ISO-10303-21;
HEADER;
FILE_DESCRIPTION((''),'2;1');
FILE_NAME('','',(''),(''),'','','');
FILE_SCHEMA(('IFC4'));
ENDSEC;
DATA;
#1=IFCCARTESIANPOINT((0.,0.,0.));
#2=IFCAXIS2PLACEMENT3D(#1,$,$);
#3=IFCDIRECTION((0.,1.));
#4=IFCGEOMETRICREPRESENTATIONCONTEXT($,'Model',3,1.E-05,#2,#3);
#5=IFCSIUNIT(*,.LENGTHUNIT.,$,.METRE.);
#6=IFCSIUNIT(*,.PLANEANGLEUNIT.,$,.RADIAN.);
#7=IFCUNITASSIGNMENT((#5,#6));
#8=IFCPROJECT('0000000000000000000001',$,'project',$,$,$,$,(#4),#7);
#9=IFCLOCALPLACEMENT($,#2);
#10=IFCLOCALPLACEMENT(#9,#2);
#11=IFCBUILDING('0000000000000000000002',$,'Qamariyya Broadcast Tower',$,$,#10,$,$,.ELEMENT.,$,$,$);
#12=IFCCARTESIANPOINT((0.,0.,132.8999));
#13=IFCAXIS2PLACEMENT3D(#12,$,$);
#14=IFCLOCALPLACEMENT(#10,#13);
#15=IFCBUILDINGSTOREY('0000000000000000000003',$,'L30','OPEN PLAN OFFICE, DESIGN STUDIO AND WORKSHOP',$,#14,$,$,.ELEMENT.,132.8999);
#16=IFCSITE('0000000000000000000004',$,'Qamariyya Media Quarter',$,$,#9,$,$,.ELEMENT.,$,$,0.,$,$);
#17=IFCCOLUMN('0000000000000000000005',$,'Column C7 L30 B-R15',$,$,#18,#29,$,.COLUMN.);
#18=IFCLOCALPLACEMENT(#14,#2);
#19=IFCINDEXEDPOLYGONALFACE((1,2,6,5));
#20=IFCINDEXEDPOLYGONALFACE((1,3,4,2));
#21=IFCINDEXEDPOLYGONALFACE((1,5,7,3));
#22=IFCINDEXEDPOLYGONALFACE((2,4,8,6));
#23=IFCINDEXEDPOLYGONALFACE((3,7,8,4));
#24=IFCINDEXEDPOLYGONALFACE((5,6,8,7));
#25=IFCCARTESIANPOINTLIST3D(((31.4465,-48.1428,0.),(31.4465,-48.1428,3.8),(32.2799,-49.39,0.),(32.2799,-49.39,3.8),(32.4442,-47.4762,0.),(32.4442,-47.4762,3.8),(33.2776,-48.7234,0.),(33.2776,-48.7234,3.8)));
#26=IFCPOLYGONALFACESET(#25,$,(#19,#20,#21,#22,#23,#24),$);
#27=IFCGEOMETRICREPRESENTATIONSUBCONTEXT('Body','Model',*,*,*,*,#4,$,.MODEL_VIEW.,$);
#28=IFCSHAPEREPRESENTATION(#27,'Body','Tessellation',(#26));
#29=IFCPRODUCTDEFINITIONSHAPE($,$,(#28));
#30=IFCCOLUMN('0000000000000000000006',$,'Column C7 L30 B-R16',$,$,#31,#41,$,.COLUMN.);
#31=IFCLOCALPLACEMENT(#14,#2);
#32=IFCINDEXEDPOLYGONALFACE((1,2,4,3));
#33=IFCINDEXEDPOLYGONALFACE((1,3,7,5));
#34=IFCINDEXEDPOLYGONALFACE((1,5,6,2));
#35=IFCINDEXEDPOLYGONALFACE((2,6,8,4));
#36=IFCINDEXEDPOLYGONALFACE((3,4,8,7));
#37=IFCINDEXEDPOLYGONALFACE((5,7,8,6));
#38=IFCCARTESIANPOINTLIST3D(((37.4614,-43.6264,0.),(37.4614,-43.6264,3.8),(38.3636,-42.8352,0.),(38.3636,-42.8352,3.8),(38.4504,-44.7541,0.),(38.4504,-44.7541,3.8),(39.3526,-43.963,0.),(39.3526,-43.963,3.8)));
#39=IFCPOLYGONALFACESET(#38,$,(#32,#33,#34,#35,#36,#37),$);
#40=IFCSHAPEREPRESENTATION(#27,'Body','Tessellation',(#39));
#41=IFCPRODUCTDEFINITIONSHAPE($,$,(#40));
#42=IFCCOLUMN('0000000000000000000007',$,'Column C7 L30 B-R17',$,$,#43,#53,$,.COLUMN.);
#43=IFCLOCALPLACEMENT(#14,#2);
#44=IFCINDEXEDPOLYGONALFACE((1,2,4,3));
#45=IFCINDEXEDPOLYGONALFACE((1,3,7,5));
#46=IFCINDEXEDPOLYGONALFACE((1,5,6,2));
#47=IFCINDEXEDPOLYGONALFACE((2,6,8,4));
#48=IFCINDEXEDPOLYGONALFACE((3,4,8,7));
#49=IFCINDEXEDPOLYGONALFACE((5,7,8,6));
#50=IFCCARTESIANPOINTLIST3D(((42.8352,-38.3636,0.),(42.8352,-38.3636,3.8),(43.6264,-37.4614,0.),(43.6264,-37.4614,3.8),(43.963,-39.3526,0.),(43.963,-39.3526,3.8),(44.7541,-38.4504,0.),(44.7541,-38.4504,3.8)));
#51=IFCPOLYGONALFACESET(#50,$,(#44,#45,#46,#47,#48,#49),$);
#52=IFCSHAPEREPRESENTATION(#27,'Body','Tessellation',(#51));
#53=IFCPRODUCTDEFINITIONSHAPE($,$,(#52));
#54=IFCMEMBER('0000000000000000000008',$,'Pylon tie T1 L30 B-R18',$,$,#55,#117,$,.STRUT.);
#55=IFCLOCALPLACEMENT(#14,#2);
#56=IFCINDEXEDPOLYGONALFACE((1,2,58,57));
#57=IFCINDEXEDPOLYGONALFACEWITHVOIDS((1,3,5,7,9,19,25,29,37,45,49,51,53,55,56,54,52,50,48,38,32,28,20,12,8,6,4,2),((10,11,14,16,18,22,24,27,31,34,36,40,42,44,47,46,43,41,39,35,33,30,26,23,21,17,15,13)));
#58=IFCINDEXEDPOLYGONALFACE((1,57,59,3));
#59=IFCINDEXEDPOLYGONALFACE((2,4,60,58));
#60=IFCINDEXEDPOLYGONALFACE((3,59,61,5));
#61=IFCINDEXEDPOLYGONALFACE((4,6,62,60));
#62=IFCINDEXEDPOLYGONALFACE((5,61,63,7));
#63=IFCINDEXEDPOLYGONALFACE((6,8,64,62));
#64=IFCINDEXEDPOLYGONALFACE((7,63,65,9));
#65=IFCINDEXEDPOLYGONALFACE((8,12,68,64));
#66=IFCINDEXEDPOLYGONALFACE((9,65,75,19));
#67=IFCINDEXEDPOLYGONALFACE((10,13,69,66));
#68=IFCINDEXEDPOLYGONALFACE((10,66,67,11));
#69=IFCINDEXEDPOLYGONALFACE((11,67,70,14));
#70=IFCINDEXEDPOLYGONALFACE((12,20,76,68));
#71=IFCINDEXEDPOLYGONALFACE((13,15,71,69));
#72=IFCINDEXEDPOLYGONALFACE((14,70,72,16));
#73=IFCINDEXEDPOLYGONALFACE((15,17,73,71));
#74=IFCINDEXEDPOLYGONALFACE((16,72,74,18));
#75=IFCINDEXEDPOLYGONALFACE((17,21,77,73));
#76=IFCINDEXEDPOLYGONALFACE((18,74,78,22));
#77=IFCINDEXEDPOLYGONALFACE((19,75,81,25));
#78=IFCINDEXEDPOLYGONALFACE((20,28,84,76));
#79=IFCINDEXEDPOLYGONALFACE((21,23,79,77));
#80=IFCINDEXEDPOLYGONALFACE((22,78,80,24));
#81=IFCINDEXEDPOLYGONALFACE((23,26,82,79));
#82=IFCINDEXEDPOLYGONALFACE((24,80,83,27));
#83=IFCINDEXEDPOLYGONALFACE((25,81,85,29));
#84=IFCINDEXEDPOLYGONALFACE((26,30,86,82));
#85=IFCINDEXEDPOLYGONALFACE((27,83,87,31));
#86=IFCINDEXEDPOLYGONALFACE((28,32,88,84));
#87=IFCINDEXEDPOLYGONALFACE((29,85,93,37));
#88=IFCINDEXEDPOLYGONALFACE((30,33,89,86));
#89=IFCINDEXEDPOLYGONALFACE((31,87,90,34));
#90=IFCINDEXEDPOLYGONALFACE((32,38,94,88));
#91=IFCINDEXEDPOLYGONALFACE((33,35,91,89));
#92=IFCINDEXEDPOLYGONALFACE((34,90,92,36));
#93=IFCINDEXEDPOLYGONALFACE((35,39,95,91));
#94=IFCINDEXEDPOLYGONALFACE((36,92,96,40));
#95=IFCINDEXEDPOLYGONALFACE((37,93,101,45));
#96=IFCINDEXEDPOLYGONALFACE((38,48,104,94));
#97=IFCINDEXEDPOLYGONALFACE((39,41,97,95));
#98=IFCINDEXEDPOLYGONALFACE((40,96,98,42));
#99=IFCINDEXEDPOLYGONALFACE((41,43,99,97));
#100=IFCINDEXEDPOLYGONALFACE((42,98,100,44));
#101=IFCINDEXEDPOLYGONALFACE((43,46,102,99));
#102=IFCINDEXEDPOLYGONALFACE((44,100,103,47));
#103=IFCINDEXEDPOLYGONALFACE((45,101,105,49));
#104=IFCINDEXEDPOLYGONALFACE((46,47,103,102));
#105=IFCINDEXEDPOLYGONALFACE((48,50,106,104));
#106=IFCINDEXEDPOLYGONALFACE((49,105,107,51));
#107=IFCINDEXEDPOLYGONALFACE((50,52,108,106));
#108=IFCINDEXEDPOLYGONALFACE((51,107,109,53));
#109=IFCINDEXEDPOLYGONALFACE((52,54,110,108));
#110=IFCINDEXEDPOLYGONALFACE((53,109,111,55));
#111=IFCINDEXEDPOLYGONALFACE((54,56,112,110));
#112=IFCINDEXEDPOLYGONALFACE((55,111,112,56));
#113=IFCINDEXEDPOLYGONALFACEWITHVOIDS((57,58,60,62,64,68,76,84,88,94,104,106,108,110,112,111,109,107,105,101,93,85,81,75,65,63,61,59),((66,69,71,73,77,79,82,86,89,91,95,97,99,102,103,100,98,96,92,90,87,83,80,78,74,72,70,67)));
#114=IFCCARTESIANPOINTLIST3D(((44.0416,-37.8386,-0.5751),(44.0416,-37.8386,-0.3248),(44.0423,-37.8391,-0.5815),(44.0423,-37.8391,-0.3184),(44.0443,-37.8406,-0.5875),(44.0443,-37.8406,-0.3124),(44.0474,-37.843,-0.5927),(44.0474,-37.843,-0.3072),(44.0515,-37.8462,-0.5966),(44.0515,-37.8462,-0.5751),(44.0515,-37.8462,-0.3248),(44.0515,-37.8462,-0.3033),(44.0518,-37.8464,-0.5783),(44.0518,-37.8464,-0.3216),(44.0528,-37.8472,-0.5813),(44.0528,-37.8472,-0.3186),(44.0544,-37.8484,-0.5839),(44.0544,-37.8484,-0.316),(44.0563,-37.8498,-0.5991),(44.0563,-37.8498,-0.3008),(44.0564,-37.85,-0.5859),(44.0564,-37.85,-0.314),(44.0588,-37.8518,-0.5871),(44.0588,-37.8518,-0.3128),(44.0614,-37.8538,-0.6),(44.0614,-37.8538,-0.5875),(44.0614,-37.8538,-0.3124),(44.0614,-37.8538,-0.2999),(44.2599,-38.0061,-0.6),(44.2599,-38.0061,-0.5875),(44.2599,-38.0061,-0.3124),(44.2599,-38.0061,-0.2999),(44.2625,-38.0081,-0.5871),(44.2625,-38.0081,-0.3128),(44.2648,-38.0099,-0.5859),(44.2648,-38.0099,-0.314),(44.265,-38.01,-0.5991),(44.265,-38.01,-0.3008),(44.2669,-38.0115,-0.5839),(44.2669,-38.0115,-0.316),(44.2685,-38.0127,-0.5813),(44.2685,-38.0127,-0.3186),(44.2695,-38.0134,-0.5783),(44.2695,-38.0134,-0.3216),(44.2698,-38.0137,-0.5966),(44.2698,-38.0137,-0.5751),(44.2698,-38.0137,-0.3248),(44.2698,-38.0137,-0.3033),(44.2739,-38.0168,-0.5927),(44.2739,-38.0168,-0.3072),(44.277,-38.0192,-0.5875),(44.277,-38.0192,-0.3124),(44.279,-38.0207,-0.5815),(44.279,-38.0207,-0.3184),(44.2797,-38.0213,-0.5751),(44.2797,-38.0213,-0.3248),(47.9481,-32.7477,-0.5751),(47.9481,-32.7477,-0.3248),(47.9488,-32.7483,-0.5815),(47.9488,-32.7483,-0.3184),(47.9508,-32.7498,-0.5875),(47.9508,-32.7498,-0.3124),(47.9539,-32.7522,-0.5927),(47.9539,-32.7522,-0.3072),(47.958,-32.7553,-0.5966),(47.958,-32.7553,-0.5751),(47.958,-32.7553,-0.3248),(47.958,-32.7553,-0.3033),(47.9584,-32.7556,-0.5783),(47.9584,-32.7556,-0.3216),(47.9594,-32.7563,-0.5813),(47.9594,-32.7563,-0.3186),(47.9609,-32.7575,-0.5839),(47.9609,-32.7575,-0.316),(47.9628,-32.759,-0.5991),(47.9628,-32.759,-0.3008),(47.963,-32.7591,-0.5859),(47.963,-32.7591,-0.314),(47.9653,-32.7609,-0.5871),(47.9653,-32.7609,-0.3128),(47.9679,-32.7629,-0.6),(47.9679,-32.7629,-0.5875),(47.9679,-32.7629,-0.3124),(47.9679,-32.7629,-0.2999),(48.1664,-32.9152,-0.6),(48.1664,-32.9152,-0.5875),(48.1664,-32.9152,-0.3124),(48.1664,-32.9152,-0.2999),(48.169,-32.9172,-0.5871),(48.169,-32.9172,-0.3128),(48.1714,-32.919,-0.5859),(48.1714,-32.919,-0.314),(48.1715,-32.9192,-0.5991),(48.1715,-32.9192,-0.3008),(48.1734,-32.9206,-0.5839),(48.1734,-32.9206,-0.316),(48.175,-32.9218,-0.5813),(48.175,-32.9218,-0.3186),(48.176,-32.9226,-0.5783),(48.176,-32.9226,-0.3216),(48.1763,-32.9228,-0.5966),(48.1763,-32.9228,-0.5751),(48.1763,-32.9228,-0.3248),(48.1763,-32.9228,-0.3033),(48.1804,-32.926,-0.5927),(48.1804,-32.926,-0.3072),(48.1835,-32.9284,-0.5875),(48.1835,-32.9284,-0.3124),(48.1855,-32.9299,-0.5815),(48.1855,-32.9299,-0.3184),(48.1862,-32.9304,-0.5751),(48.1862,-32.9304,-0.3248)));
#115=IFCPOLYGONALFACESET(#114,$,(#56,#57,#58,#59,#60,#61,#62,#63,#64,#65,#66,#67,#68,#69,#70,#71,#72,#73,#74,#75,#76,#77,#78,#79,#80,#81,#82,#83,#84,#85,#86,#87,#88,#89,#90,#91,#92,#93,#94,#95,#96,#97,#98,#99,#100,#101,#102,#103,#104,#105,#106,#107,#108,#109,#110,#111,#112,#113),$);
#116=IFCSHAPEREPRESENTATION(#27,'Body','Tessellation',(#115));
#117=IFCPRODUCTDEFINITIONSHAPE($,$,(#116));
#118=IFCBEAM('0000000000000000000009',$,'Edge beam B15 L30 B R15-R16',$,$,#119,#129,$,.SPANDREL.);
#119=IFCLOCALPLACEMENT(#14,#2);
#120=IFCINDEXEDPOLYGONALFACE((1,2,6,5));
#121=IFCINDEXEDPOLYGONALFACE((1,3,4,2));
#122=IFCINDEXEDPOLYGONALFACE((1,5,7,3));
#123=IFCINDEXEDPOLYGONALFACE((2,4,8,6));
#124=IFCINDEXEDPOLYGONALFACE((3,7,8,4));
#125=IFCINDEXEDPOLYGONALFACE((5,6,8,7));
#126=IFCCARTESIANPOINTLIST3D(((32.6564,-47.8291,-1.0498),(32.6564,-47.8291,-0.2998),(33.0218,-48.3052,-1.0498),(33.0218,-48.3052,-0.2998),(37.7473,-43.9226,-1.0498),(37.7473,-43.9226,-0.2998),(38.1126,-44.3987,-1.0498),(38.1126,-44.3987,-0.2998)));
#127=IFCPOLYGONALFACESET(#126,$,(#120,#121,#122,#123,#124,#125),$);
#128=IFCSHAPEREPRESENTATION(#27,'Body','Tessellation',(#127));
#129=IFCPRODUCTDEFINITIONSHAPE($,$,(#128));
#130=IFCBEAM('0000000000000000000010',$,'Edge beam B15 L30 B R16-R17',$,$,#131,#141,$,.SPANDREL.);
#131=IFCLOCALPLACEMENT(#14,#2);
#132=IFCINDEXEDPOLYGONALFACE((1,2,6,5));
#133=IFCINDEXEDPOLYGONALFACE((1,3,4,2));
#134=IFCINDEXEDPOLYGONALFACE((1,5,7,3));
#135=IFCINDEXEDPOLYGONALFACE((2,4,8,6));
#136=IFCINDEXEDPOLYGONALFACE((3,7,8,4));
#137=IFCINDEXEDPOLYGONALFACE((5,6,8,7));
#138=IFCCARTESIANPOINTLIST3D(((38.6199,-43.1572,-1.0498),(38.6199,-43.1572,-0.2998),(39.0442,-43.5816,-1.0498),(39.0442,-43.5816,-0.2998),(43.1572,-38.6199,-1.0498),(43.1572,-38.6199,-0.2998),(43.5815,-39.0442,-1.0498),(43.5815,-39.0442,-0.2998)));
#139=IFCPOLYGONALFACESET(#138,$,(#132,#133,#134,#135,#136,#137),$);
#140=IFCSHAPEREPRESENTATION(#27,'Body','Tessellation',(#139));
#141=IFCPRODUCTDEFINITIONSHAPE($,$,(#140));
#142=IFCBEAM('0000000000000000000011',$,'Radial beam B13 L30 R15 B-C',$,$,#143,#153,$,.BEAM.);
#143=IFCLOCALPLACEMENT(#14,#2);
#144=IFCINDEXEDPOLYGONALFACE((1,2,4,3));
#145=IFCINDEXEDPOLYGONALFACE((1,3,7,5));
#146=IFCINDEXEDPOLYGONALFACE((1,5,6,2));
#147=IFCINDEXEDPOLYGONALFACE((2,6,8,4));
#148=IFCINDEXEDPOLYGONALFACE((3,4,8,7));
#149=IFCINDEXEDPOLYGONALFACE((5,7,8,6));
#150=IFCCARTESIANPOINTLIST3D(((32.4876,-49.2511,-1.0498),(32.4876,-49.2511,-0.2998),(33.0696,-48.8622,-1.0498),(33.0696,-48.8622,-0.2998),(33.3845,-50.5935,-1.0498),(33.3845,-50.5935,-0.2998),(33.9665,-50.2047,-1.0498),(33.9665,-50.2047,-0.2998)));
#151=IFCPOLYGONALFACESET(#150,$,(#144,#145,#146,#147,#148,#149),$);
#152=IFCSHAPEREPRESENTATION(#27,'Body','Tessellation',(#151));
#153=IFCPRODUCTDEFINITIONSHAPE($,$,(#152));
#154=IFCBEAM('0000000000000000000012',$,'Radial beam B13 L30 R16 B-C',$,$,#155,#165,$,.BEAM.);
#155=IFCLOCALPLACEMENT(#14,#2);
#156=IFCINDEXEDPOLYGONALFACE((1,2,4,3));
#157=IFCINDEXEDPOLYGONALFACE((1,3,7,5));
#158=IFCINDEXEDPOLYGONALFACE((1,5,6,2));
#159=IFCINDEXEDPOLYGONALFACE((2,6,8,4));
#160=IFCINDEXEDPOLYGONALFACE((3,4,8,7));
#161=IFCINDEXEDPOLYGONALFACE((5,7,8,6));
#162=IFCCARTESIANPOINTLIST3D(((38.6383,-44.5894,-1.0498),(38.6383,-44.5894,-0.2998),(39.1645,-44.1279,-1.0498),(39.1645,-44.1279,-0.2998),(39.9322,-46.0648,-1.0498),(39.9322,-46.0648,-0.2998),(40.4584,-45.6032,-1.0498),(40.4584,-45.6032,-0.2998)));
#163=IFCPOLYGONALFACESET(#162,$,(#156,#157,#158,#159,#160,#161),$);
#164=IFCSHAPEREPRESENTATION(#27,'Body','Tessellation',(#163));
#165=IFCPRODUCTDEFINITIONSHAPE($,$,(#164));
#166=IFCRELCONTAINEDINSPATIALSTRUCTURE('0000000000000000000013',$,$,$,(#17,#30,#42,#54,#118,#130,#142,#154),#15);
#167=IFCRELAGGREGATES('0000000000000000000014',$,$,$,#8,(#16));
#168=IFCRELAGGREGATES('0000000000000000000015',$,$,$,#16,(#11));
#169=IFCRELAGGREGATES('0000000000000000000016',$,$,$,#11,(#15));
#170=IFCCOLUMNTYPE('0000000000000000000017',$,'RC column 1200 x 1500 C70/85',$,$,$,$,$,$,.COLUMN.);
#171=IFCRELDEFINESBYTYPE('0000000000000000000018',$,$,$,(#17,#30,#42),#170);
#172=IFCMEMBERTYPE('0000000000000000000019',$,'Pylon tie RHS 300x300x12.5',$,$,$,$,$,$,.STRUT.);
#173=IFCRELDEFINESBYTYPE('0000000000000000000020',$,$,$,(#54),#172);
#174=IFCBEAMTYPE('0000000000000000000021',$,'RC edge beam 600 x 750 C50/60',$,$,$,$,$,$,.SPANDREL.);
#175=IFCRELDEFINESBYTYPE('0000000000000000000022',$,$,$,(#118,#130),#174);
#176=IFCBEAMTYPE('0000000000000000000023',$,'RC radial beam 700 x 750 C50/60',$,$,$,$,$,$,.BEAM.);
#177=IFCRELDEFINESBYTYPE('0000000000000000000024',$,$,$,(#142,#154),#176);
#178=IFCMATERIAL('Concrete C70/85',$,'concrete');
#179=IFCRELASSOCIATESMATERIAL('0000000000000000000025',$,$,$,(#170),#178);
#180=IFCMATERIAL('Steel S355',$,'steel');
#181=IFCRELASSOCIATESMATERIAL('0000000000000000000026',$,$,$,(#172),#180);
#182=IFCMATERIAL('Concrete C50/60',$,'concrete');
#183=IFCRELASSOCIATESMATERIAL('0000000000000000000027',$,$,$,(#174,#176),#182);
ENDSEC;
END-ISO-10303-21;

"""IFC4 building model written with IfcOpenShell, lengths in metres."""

from ifc_helpers import new_model, si_unit, direction, frame, origin, origin_2d, place, context, subcontext, project, spatial, rectangle, hollow_rectangle, extrude, material, material_profile, profile_set, type_object, element, save


model = new_model("IFC4")

# Units and contexts
model_context = context("Model", 3, precision=1e-05, world=origin(), true_north=direction((0.0, 1.0)))
body_context = subcontext(model_context, "Body", "Model", "MODEL_VIEW")
ifc_project = project(units=[si_unit("LENGTHUNIT", "METRE"), si_unit("PLANEANGLEUNIT", "RADIAN")], contexts=[model_context])

# Site, building, storey
site_placement = place(None, origin())
site = spatial("IfcSite", under=ifc_project, at=site_placement, Name="Qamariyya Media Quarter", CompositionType="ELEMENT", RefElevation=0.0)
building_placement = place(site_placement, origin())
building = spatial("IfcBuilding", under=site, at=building_placement, Name="Qamariyya Broadcast Tower", CompositionType="ELEMENT")
storey_placement = place(building_placement, frame((0.0, 0.0, 132.8999)))
storey = spatial("IfcBuildingStorey", under=building, at=storey_placement, Name="L30", Description="OPEN PLAN OFFICE, DESIGN STUDIO AND WORKSHOP", CompositionType="ELEMENT", Elevation=132.8999)

# Columns
ifc_material_1 = material(Name="Concrete C70/85", Category="concrete")
ifc_material_profile_1 = material_profile(ifc_material_1, rectangle(XDim=1.2, YDim=1.5, at=origin_2d()))
ifc_profile_set_1 = profile_set([ifc_material_profile_1], Name="Concrete C70/85")
column_type = type_object("IfcColumnType", Name="RC column 1200 x 1500 C70/85", PredefinedType="COLUMN", material=ifc_profile_set_1)
for number, where, z_axis, x_axis, name in (
    (1, (32.3621, -48.4331, 0.0), (0.0, 0.0, 1.0), (0.83147, 0.55557, 0.0), "Column C7 L30 B-R15"),
    (2, (38.407, -43.7947, 0.0), (0.0, 0.0, 1.0), (0.75184, 0.659346, 0.0), "Column C7 L30 B-R16"),
    (3, (43.7947, -38.407, 0.0), (0.0, 0.0, 1.0), (0.659346, 0.75184, 0.0), "Column C7 L30 B-R17"),
):
    element("IfcColumn", number, at=place(storey_placement, frame(where, z_axis=z_axis, x_axis=x_axis)), inside=storey, type_object=column_type, Name=name, PredefinedType="COLUMN", context=body_context, shape_type="SweptSolid", body=[
        extrude(rectangle(XDim=1.2, YDim=1.5, at=origin_2d()), origin(), (0.0, 0.0, 1.0), 3.8),
    ])

# Member
ifc_material_2 = material(Name="Steel S355", Category="steel")
ifc_material_profile_2 = material_profile(ifc_material_2, hollow_rectangle(XDim=0.3, YDim=0.3, WallThickness=0.0125, InnerFilletRadius=0.0125, OuterFilletRadius=0.0249, at=origin_2d()))
ifc_profile_set_2 = profile_set([ifc_material_profile_2], Name="Steel S355")
member_type = type_object("IfcMemberType", Name="Pylon tie RHS 300x300x12.5", PredefinedType="STRUT", material=ifc_profile_set_2)
member_placement = place(storey_placement, frame((44.1606, -37.9299, -0.45), z_axis=(0.608778, 0.793341, 0.0), x_axis=(-0.793341, 0.608778, 0.0)))
element("IfcMember", 4, at=member_placement, inside=storey, type_object=member_type, Name="Pylon tie T1 L30 B-R18", PredefinedType="STRUT", context=body_context, shape_type="SweptSolid", body=[
    extrude(hollow_rectangle(XDim=0.3, YDim=0.3, WallThickness=0.0125, InnerFilletRadius=0.0125, OuterFilletRadius=0.0249, at=origin_2d()), origin(), (0.0, 0.0, 1.0), 6.417),
])

# Beams
ifc_material_3 = material(Name="Concrete C50/60", Category="concrete")
ifc_material_profile_3 = material_profile(ifc_material_3, rectangle(XDim=0.6001, YDim=0.75, at=origin_2d()))
ifc_profile_set_3 = profile_set([ifc_material_profile_3], Name="Concrete C50/60")
beam_type_1 = type_object("IfcBeamType", Name="RC edge beam 600 x 750 C50/60", PredefinedType="SPANDREL", material=ifc_profile_set_3)
beam_1_placement = place(storey_placement, frame((32.8391, -48.0671, -0.6748), z_axis=(0.793341, 0.608778, 0.0), x_axis=(-0.608778, 0.793341, 0.0)))
element("IfcBeam", 5, at=beam_1_placement, inside=storey, type_object=beam_type_1, Name="Edge beam B15 L30 B R15-R16", PredefinedType="SPANDREL", context=body_context, shape_type="SweptSolid", body=[
    extrude(rectangle(XDim=0.6001, YDim=0.75, at=origin_2d()), origin(), (0.0, 0.0, 1.0), 6.417),
])
beam_2_placement = place(storey_placement, frame((38.832, -43.3694, -0.6748), z_axis=(0.707107, 0.707107, 0.0), x_axis=(-0.707107, 0.707107, 0.0)))
element("IfcBeam", 6, at=beam_2_placement, inside=storey, type_object=beam_type_1, Name="Edge beam B15 L30 B R16-R17", PredefinedType="SPANDREL", context=body_context, shape_type="SweptSolid", body=[
    extrude(rectangle(XDim=0.6001, YDim=0.75, at=origin_2d()), origin(), (0.0, 0.0, 1.0), 6.4167),
])
ifc_material_profile_4 = material_profile(ifc_material_3, rectangle(XDim=0.7, YDim=0.75, at=origin_2d()))
ifc_profile_set_4 = profile_set([ifc_material_profile_4], Name="Concrete C50/60")
beam_type_2 = type_object("IfcBeamType", Name="RC radial beam 700 x 750 C50/60", PredefinedType="BEAM", material=ifc_profile_set_4)
beam_3_placement = place(storey_placement, frame((32.7786, -49.0566, -0.6748), z_axis=(0.555537, -0.831492, 0.0), x_axis=(0.831492, 0.555537, 0.0)))
element("IfcBeam", 7, at=beam_3_placement, inside=storey, type_object=beam_type_2, Name="Radial beam B13 L30 R15 B-C", PredefinedType="BEAM", context=body_context, shape_type="SweptSolid", body=[
    extrude(rectangle(XDim=0.7, YDim=0.75, at=origin_2d()), origin(), (0.0, 0.0, 1.0), 1.6145),
])
beam_4_placement = place(storey_placement, frame((38.9014, -44.3586, -0.6748), z_axis=(0.659376, -0.751813, 0.0), x_axis=(0.751813, 0.659376, 0.0)))
element("IfcBeam", 8, at=beam_4_placement, inside=storey, type_object=beam_type_2, Name="Radial beam B13 L30 R16 B-C", PredefinedType="BEAM", context=body_context, shape_type="SweptSolid", body=[
    extrude(rectangle(XDim=0.7, YDim=0.75, at=origin_2d()), origin(), (0.0, 0.0, 1.0), 1.9624),
])

save(model, "model.ifc")
